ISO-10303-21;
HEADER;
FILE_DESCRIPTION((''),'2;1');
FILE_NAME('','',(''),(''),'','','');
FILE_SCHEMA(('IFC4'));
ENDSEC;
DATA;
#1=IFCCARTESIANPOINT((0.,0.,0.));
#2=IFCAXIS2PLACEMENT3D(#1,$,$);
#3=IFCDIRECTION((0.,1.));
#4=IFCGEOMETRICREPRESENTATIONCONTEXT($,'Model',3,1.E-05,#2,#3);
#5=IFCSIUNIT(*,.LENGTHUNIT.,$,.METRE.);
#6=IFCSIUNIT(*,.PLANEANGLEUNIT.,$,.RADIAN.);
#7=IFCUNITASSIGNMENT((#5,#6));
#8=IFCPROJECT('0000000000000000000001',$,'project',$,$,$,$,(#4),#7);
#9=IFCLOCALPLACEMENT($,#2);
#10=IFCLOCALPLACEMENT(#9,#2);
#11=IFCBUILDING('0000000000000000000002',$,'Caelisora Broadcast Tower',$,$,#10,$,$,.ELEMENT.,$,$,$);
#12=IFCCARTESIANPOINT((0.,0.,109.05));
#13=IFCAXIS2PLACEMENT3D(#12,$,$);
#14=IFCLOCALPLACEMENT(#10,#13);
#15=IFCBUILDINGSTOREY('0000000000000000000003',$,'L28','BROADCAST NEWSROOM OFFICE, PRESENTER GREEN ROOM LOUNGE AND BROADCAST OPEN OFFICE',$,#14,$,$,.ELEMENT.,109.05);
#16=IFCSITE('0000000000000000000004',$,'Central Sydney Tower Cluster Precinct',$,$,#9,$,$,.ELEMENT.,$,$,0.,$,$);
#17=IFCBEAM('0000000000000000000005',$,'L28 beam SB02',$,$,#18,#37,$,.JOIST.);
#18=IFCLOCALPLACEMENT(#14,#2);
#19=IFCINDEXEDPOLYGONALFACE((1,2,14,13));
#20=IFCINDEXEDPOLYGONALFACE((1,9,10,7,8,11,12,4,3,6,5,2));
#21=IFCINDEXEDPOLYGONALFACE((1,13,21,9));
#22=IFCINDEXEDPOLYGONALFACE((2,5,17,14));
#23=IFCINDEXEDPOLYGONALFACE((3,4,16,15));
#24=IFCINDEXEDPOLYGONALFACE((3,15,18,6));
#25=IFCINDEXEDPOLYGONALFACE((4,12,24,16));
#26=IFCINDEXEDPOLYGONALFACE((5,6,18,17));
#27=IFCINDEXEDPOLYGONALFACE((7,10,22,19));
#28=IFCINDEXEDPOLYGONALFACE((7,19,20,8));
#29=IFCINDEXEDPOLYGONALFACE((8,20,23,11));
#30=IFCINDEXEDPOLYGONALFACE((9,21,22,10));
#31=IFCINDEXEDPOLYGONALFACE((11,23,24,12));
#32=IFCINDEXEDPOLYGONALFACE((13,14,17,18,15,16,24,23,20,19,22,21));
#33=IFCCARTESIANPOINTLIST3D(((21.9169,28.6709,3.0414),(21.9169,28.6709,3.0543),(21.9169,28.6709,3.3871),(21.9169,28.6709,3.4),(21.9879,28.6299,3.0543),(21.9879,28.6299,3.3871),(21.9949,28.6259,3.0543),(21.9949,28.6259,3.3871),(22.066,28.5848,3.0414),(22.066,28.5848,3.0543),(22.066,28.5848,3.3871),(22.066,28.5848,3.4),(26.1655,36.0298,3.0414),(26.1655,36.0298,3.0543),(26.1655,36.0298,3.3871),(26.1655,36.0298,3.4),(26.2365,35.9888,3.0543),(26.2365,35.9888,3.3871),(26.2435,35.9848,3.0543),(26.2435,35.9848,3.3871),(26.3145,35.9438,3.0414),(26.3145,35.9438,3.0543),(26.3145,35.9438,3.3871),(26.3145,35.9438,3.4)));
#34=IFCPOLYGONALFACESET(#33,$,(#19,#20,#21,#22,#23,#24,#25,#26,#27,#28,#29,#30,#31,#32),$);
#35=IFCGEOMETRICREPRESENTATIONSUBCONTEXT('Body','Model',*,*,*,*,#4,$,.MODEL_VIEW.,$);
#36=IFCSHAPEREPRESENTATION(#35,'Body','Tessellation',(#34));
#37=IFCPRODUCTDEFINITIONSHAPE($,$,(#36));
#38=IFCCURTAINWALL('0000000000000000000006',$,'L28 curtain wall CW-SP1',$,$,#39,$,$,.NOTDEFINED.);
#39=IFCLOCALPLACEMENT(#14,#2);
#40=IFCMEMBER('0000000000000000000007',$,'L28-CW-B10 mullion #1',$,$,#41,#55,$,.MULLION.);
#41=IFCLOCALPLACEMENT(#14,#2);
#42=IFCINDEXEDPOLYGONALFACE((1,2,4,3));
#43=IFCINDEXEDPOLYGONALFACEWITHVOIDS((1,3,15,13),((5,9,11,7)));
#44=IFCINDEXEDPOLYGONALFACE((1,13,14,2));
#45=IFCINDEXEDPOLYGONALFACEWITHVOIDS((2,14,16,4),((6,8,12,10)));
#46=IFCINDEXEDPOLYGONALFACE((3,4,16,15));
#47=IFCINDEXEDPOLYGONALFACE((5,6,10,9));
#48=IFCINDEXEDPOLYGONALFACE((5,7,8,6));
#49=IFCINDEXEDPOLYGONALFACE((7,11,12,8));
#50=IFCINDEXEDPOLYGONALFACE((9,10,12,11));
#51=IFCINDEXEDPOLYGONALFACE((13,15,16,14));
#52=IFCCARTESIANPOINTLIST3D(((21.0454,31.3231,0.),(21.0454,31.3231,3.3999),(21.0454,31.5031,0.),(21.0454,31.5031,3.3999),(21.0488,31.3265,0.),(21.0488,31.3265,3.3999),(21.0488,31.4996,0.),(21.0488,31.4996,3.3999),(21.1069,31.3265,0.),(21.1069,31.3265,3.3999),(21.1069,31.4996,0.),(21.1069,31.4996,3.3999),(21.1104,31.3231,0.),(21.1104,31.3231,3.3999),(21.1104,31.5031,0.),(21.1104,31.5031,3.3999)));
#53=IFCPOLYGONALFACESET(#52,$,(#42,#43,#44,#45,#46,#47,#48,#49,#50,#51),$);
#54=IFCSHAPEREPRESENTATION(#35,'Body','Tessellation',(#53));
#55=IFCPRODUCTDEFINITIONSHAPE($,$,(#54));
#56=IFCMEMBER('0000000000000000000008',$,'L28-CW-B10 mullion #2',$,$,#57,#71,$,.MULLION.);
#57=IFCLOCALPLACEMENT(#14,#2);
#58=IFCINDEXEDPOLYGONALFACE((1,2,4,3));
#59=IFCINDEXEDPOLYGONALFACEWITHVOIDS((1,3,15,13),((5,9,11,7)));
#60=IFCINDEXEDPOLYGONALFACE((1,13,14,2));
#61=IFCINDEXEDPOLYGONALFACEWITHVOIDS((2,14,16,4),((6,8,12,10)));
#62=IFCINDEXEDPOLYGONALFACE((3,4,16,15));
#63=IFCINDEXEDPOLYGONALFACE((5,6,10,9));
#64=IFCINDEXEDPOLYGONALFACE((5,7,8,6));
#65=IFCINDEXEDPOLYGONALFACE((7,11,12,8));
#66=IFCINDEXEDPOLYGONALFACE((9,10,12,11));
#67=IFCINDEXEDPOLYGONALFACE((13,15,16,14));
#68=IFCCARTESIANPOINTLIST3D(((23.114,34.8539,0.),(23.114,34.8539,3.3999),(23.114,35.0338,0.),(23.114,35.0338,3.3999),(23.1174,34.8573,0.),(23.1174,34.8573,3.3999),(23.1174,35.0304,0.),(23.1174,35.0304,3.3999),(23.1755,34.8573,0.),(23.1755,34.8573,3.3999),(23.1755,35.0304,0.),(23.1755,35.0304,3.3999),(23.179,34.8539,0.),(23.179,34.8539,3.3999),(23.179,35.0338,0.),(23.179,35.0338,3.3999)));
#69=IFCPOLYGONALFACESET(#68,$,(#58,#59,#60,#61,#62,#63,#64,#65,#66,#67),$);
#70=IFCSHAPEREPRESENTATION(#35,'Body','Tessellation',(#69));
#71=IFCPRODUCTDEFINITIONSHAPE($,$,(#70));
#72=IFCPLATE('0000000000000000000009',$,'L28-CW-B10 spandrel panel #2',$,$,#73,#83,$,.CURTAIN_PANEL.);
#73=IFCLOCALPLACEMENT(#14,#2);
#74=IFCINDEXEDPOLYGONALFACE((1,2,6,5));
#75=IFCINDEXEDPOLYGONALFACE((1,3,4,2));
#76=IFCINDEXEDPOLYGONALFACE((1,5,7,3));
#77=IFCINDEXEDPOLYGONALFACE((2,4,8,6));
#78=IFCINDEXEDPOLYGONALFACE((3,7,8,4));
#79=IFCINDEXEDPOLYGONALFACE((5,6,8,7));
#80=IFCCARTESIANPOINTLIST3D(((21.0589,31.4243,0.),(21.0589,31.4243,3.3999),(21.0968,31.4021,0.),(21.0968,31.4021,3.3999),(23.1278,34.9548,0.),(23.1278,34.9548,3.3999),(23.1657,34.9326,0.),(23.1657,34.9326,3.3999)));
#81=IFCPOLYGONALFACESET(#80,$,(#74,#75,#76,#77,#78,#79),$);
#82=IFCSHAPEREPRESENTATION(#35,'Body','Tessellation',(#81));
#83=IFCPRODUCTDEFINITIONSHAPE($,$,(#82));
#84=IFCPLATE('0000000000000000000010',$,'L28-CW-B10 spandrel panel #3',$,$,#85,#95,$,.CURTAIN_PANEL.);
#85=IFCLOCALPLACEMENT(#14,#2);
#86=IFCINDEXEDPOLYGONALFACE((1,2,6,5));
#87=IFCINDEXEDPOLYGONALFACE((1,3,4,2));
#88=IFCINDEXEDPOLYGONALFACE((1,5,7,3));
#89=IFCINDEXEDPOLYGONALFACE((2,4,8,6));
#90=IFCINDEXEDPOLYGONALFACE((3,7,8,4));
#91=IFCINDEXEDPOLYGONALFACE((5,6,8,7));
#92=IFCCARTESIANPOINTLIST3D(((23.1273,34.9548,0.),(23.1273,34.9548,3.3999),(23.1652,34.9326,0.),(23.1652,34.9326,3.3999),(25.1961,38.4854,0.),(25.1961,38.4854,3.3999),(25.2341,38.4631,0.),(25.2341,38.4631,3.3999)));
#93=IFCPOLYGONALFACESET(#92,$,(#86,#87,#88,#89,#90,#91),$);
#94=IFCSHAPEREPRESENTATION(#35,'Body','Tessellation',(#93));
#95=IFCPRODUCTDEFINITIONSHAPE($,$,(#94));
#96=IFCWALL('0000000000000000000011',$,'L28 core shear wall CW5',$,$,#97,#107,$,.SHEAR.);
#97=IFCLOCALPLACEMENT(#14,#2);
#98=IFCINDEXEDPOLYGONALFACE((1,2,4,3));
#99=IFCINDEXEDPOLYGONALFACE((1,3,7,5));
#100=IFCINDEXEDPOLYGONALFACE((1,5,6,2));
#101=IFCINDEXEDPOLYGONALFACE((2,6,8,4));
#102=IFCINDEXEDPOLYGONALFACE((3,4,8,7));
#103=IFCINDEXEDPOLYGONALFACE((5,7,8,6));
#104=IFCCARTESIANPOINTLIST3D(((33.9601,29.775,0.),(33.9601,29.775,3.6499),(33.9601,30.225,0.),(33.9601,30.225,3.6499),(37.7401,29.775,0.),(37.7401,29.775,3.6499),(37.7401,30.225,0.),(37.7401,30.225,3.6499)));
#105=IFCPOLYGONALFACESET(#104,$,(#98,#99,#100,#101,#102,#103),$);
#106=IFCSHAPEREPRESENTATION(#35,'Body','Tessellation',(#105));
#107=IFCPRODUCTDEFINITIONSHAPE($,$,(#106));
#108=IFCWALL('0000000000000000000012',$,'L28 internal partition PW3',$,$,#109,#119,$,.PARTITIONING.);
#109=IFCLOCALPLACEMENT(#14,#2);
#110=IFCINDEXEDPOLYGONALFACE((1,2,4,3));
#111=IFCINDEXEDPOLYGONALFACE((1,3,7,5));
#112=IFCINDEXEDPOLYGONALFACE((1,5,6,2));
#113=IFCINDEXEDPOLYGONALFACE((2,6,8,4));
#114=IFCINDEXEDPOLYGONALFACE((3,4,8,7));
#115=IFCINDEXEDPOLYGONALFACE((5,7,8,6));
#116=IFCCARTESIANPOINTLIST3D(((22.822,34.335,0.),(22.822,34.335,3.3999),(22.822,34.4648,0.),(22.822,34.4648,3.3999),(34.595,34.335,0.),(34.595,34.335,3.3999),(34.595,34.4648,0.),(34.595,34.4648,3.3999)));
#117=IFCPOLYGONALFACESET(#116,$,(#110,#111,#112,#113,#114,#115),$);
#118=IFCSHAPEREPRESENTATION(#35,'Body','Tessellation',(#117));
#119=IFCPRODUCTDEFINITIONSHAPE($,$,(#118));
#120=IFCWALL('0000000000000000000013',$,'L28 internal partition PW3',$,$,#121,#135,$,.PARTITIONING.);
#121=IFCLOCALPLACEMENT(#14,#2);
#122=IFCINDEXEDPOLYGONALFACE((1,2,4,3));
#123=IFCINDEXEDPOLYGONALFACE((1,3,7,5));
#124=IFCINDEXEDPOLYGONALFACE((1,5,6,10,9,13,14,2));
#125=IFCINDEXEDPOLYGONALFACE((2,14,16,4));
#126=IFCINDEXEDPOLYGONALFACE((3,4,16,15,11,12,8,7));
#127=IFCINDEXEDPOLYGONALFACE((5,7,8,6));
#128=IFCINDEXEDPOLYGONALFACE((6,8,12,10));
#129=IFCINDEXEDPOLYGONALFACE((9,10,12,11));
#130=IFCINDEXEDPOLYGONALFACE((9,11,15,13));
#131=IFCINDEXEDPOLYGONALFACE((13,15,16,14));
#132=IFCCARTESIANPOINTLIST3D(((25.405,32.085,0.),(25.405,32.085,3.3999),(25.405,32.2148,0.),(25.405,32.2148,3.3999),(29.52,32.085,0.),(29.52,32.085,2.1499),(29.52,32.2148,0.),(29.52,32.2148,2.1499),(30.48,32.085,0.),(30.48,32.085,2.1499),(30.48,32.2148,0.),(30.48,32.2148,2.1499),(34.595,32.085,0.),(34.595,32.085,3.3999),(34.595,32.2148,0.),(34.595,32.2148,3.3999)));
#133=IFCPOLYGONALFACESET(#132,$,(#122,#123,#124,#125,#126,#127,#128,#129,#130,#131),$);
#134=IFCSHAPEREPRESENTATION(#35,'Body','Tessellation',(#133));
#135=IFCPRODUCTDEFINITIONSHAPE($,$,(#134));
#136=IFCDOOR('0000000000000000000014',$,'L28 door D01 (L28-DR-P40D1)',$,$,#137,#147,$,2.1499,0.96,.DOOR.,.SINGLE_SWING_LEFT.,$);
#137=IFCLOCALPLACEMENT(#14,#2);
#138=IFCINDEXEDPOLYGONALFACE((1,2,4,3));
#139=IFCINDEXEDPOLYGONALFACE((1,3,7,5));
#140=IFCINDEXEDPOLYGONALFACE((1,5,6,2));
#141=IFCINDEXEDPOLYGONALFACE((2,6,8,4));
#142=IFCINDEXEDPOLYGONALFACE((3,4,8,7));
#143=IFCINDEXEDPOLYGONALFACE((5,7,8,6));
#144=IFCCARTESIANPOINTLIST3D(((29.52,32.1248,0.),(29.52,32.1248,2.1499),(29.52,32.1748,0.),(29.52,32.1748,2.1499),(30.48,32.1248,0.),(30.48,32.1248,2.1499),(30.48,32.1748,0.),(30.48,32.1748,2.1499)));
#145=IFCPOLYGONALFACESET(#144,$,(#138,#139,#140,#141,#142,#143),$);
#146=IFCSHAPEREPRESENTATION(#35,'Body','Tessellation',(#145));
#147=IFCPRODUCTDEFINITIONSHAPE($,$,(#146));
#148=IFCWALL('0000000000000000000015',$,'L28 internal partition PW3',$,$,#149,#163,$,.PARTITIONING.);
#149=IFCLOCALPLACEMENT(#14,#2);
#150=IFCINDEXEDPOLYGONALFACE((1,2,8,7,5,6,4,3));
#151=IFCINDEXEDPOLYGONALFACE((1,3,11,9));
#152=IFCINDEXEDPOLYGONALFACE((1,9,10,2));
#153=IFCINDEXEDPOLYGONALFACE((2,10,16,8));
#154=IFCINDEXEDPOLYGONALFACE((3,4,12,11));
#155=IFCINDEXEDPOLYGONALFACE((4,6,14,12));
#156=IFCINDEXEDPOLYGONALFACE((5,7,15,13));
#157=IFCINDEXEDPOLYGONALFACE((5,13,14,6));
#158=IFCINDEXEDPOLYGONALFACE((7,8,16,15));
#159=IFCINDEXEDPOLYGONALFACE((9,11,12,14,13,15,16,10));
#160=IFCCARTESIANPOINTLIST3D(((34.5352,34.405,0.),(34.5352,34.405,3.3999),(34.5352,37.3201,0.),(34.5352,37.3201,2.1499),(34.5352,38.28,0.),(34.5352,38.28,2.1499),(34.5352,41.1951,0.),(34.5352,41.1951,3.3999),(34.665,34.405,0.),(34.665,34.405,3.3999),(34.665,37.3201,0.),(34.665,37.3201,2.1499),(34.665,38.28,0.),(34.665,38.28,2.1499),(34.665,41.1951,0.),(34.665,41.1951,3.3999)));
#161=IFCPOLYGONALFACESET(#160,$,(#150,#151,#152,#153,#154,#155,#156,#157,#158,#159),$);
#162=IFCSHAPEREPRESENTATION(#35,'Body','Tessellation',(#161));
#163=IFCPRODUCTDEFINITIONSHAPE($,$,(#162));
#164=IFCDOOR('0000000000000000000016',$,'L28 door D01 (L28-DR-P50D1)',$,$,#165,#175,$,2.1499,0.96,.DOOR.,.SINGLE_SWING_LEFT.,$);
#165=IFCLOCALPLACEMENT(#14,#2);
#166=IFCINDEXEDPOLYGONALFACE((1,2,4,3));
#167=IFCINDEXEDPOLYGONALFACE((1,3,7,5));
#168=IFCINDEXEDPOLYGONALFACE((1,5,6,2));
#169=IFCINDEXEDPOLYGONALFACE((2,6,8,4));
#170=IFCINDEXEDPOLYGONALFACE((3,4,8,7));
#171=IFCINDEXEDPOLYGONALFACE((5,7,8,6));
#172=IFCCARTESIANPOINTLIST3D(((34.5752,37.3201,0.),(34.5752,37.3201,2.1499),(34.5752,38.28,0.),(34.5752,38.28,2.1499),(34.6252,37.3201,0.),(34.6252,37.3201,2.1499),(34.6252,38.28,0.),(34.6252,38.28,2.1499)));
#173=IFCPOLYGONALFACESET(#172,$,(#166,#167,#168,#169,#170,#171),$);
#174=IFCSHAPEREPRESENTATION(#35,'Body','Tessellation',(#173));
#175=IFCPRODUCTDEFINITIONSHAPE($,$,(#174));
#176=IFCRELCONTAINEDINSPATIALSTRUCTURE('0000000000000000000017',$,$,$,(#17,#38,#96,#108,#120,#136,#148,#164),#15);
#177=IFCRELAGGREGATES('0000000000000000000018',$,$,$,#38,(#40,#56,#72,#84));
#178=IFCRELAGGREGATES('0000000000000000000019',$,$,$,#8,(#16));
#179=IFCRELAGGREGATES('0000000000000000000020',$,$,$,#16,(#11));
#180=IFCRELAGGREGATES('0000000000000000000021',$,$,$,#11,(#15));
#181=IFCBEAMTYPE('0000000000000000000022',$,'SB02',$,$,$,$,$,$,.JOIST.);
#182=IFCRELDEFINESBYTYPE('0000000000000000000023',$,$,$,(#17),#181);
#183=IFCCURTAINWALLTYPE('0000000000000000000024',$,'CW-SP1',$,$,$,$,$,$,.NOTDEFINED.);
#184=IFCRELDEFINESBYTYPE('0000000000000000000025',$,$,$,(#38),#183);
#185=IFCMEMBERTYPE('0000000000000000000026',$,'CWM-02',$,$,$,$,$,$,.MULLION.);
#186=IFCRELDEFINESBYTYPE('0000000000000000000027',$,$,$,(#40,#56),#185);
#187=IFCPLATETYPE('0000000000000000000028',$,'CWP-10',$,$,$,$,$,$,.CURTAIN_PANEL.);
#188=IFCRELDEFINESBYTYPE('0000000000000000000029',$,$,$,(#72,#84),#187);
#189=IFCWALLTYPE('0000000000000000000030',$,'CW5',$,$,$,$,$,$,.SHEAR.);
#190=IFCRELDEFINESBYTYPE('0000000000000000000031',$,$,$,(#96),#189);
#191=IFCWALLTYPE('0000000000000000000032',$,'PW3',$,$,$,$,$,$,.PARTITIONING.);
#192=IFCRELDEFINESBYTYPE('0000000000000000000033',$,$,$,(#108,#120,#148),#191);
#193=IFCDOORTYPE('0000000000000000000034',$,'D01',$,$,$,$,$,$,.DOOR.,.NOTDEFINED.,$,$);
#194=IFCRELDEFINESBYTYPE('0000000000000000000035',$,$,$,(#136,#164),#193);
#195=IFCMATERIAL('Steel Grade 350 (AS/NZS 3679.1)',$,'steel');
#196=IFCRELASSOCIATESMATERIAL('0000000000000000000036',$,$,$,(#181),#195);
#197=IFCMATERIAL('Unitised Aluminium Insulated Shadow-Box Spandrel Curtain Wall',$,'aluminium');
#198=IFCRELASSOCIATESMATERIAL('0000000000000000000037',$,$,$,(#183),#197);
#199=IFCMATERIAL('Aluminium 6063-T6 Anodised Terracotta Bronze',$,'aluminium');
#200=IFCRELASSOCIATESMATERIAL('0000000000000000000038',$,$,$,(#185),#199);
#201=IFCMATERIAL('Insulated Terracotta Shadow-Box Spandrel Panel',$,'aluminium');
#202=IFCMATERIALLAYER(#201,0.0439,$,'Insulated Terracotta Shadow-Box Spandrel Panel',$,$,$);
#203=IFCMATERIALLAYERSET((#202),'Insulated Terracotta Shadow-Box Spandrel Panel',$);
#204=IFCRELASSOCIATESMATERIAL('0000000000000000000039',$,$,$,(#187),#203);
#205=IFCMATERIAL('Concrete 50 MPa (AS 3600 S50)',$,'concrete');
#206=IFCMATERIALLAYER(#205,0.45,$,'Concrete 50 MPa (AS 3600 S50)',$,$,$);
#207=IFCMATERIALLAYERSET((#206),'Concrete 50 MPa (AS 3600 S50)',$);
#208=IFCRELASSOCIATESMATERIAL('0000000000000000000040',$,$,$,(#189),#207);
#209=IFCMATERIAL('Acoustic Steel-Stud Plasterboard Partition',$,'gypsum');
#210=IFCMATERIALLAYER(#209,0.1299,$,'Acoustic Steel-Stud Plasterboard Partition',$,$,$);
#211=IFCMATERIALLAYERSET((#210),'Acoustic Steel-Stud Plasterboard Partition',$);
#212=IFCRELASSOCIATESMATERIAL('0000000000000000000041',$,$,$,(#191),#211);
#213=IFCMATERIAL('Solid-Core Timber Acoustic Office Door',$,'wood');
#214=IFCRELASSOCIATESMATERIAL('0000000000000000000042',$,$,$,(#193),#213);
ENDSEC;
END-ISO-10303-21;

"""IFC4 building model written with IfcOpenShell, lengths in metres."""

from ifc_helpers import new_model, si_unit, direction, frame, frame_2d, origin, origin_2d, place, context, subcontext, project, spatial, rectangle, hollow_rectangle, i_section, extrude, source, transform, mapped, material, layer, layer_set, material_profile, profile_set, type_object, type_shapes, element, fill, aggregate, save


model = new_model("IFC4")

# Units and contexts
model_context = context("Model", 3, precision=1e-05, world=origin(), true_north=direction((0.0, 1.0)))
body_context = subcontext(model_context, "Body", "Model", "MODEL_VIEW")
ifc_project = project(units=[si_unit("LENGTHUNIT", "METRE"), si_unit("PLANEANGLEUNIT", "RADIAN")], contexts=[model_context])

# Site, building, storey
site_placement = place(None, origin())
site = spatial("IfcSite", under=ifc_project, at=site_placement, Name="Central Sydney Tower Cluster Precinct", CompositionType="ELEMENT", RefElevation=0.0)
building_placement = place(site_placement, origin())
building = spatial("IfcBuilding", under=site, at=building_placement, Name="Caelisora Broadcast Tower", CompositionType="ELEMENT")
storey_placement = place(building_placement, frame((0.0, 0.0, 109.05)))
storey = spatial("IfcBuildingStorey", under=building, at=storey_placement, Name="L28", Description="BROADCAST NEWSROOM OFFICE, PRESENTER GREEN ROOM LOUNGE AND BROADCAST OPEN OFFICE", CompositionType="ELEMENT", Elevation=109.05)

# Beam
ifc_material_1 = material(Name="Steel Grade 350 (AS/NZS 3679.1)", Category="steel")
ifc_material_profile_1 = material_profile(ifc_material_1, i_section(OverallWidth=0.1721, OverallDepth=0.3586, WebThickness=0.0081, FlangeThickness=0.0129, at=origin_2d()), Name="Steel Grade 350 (AS/NZS 3679.1)")
ifc_profile_set_1 = profile_set([ifc_material_profile_1], Name="Steel Grade 350 (AS/NZS 3679.1)")
beam_type_1 = type_object("IfcBeamType", Name="SB02", PredefinedType="JOIST", material=ifc_profile_set_1)
shared_shape_1 = source(origin(), body_context, "Body", "SweptSolid", [
    extrude(i_section(OverallWidth=0.1721, OverallDepth=0.3586, WebThickness=0.0081, FlangeThickness=0.0129, at=origin_2d()), origin(), (0.0, 0.0, 1.0), 8.4973),
])
beam_1_placement = place(storey_placement, frame((26.24, 35.9868, 3.2207), z_axis=(-0.499989, -0.866032, 0.0), x_axis=(0.866032, -0.499989, 0.0)))
element("IfcBeam", 1, at=beam_1_placement, inside=storey, type_object=beam_type_1, Name="L28 beam SB02", PredefinedType="JOIST", context=body_context, shape_type="MappedRepresentation", body=[
    mapped(shared_shape_1, transform((0.0, 0.0, 0.0), scale=1.0)),
])

# Curtain wall, members, plates
ifc_material_2 = material(Name="Unitised Aluminium Insulated Shadow-Box Spandrel Curtain Wall", Category="aluminium")
curtain_wall_type = type_object("IfcCurtainWallType", Name="CW-SP1", PredefinedType="NOTDEFINED", material=ifc_material_2)
curtain_wall_placement = place(storey_placement, origin())
curtain_wall = element("IfcCurtainWall", 2, at=curtain_wall_placement, inside=storey, type_object=curtain_wall_type, Name="L28 curtain wall CW-SP1", PredefinedType="NOTDEFINED")
ifc_material_3 = material(Name="Aluminium 6063-T6 Anodised Terracotta Bronze", Category="aluminium")
ifc_material_profile_2 = material_profile(ifc_material_3, hollow_rectangle(XDim=0.0649, YDim=0.1799, WallThickness=0.0034, at=origin_2d()), Name="Aluminium 6063-T6 Anodised Terracotta Bronze")
ifc_profile_set_2 = profile_set([ifc_material_profile_2], Name="Aluminium 6063-T6 Anodised Terracotta Bronze")
member_type = type_object("IfcMemberType", Name="CWM-02", PredefinedType="MULLION", material=ifc_profile_set_2)
shared_shape_2 = source(origin(), body_context, "Body", "SweptSolid", [
    extrude(hollow_rectangle(XDim=0.0649, YDim=0.1799, WallThickness=0.0034, at=origin_2d()), origin(), (0.0, 0.0, 1.0), 3.3999),
])
type_shapes(member_type, [shared_shape_2])
member_1_placement = place(storey_placement, frame((21.0779, 31.4131, 0.0), z_axis=(0.0, 0.0, 1.0), x_axis=(1.0, 0.0, 0.0)))
member_1 = element("IfcMember", 3, at=member_1_placement, type_object=member_type, Name="L28-CW-B10 mullion #1", PredefinedType="MULLION", context=body_context, shape_type="MappedRepresentation", body=[
    mapped(shared_shape_2, transform((0.0, 0.0, 0.0), scale=1.0)),
])
member_2_placement = place(storey_placement, frame((23.1465, 34.9438, 0.0), z_axis=(0.0, 0.0, 1.0), x_axis=(1.0, 0.0, 0.0)))
member_2 = element("IfcMember", 4, at=member_2_placement, type_object=member_type, Name="L28-CW-B10 mullion #2", PredefinedType="MULLION", context=body_context, shape_type="MappedRepresentation", body=[
    mapped(shared_shape_2, transform((0.0, 0.0, 0.0), scale=1.0)),
])
ifc_material_4 = material(Name="Insulated Terracotta Shadow-Box Spandrel Panel", Category="aluminium")
ifc_layer_1 = layer(ifc_material_4, 0.0439, Name="Insulated Terracotta Shadow-Box Spandrel Panel")
ifc_layer_set_1 = layer_set([ifc_layer_1], Name="Insulated Terracotta Shadow-Box Spandrel Panel")
plate_type = type_object("IfcPlateType", Name="CWP-10", PredefinedType="CURTAIN_PANEL", material=ifc_layer_set_1)
shared_shape_3 = source(origin(), body_context, "Body", "SweptSolid", [
    extrude(rectangle(XDim=4.092, YDim=0.0439, at=origin_2d()), origin(), (0.0, 0.0, 1.0), 3.3999),
])
type_shapes(plate_type, [shared_shape_3])
plate_1_placement = place(storey_placement, frame((22.1123, 33.1785, 0.0), z_axis=(0.0, 0.0, 1.0), x_axis=(0.505582, 0.862779, 0.0)))
plate_1 = element("IfcPlate", 5, at=plate_1_placement, type_object=plate_type, Name="L28-CW-B10 spandrel panel #2", PredefinedType="CURTAIN_PANEL", context=body_context, shape_type="MappedRepresentation", body=[
    mapped(shared_shape_3, transform((0.0, 0.0, 0.0), scale=1.0)),
])
plate_2_placement = place(storey_placement, frame((24.1807, 36.709, 0.0), z_axis=(0.0, 0.0, 1.0), x_axis=(0.505582, 0.862779, 0.0)))
plate_2 = element("IfcPlate", 6, at=plate_2_placement, type_object=plate_type, Name="L28-CW-B10 spandrel panel #3", PredefinedType="CURTAIN_PANEL", context=body_context, shape_type="MappedRepresentation", body=[
    mapped(shared_shape_3, transform((0.0, 0.0, 0.0), scale=1.0)),
])
aggregate(curtain_wall, [member_1, member_2, plate_1, plate_2])

# Walls
ifc_material_5 = material(Name="Concrete 50 MPa (AS 3600 S50)", Category="concrete")
ifc_layer_2 = layer(ifc_material_5, 0.45, Name="Concrete 50 MPa (AS 3600 S50)")
ifc_layer_set_2 = layer_set([ifc_layer_2], Name="Concrete 50 MPa (AS 3600 S50)")
wall_type_1 = type_object("IfcWallType", Name="CW5", PredefinedType="SHEAR", material=ifc_layer_set_2)
wall_1_placement = place(storey_placement, frame((33.96, 30.0, 0.0), z_axis=(0.0, 0.0, 1.0), x_axis=(1.0, 0.0, 0.0)))
element("IfcWall", 7, at=wall_1_placement, inside=storey, type_object=wall_type_1, Name="L28 core shear wall CW5", PredefinedType="SHEAR", context=body_context, shape_type="SweptSolid", body=[
    extrude(rectangle(XDim=3.78, YDim=0.45, at=frame_2d((1.8901, 0.0))), origin(), (0.0, 0.0, 1.0), 3.6499),
])
ifc_material_6 = material(Name="Acoustic Steel-Stud Plasterboard Partition", Category="gypsum")
ifc_layer_3 = layer(ifc_material_6, 0.1299, Name="Acoustic Steel-Stud Plasterboard Partition")
ifc_layer_set_3 = layer_set([ifc_layer_3], Name="Acoustic Steel-Stud Plasterboard Partition")
wall_type_2 = type_object("IfcWallType", Name="PW3", PredefinedType="PARTITIONING", material=ifc_layer_set_3)
wall_2_placement = place(storey_placement, frame((22.822, 34.3999, 0.0), z_axis=(0.0, 0.0, 1.0), x_axis=(1.0, 0.0, 0.0)))
element("IfcWall", 8, at=wall_2_placement, inside=storey, type_object=wall_type_2, Name="L28 internal partition PW3", PredefinedType="PARTITIONING", context=body_context, shape_type="SweptSolid", body=[
    extrude(rectangle(XDim=11.7729, YDim=0.1299, at=frame_2d((5.8865, 0.0))), origin(), (0.0, 0.0, 1.0), 3.3999),
])

# Walls, openings, doors
wall_3_placement = place(storey_placement, frame((25.405, 32.1499, 0.0), z_axis=(0.0, 0.0, 1.0), x_axis=(1.0, 0.0, 0.0)))
wall_3 = element("IfcWall", 9, at=wall_3_placement, inside=storey, type_object=wall_type_2, Name="L28 internal partition PW3", PredefinedType="PARTITIONING", context=body_context, shape_type="SweptSolid", body=[
    extrude(rectangle(XDim=9.1899, YDim=0.1299, at=frame_2d((4.595, 0.0))), origin(), (0.0, 0.0, 1.0), 3.3999),
])
opening_1_placement = place(wall_3_placement, frame((4.115, 0.0, 0.0)))
opening_1 = element("IfcOpeningElement", 10, at=opening_1_placement, cuts=wall_3, PredefinedType="OPENING", context=body_context, shape_type="SweptSolid", body=[
    extrude(rectangle(XDim=0.96, YDim=2.1499, at=frame_2d((0.48, 1.075))), frame((0.0, 0.0769, 0.0), z_axis=(0.0, -1.0, 0.0), x_axis=(1.0, 0.0, 0.0)), (0.0, 0.0, 1.0), 0.1538),
])
ifc_material_7 = material(Name="Solid-Core Timber Acoustic Office Door", Category="wood")
door_type = type_object("IfcDoorType", Name="D01", OperationType="NOTDEFINED", PredefinedType="DOOR", material=ifc_material_7)
door_1_placement = place(opening_1_placement, origin())
door_1 = element("IfcDoor", 11, at=door_1_placement, inside=storey, type_object=door_type, Name="L28 door D01 (L28-DR-P40D1)", OperationType="SINGLE_SWING_LEFT", OverallHeight=2.1499, OverallWidth=0.96, PredefinedType="DOOR", context=body_context, shape_type="SweptSolid", body=[
    extrude(rectangle(XDim=0.96, YDim=2.1499, at=frame_2d((0.48, 1.075))), frame((0.0, 0.0249, 0.0), z_axis=(0.0, -1.0, 0.0), x_axis=(1.0, 0.0, 0.0)), (0.0, 0.0, 1.0), 0.05),
])
fill(opening_1, door_1)
wall_4_placement = place(storey_placement, frame((34.6001, 34.405, 0.0), z_axis=(0.0, 0.0, 1.0), x_axis=(0.0, 1.0, 0.0)))
wall_4 = element("IfcWall", 12, at=wall_4_placement, inside=storey, type_object=wall_type_2, Name="L28 internal partition PW3", PredefinedType="PARTITIONING", context=body_context, shape_type="SweptSolid", body=[
    extrude(rectangle(XDim=6.79, YDim=0.1299, at=frame_2d((3.395, 0.0))), origin(), (0.0, 0.0, 1.0), 3.3999),
])
opening_2_placement = place(wall_4_placement, frame((2.915, 0.0, 0.0)))
opening_2 = element("IfcOpeningElement", 13, at=opening_2_placement, cuts=wall_4, PredefinedType="OPENING", context=body_context, shape_type="SweptSolid", body=[
    extrude(rectangle(XDim=0.96, YDim=2.1499, at=frame_2d((0.48, 1.075))), frame((0.0, 0.0769, 0.0), z_axis=(0.0, -1.0, 0.0), x_axis=(1.0, 0.0, 0.0)), (0.0, 0.0, 1.0), 0.1538),
])
door_2_placement = place(opening_2_placement, origin())
door_2 = element("IfcDoor", 14, at=door_2_placement, inside=storey, type_object=door_type, Name="L28 door D01 (L28-DR-P50D1)", OperationType="SINGLE_SWING_LEFT", OverallHeight=2.1499, OverallWidth=0.96, PredefinedType="DOOR", context=body_context, shape_type="SweptSolid", body=[
    extrude(rectangle(XDim=0.96, YDim=2.1499, at=frame_2d((0.48, 1.075))), frame((0.0, 0.0249, 0.0), z_axis=(0.0, -1.0, 0.0), x_axis=(1.0, 0.0, 0.0)), (0.0, 0.0, 1.0), 0.05),
])
fill(opening_2, door_2)

save(model, "model.ifc")
